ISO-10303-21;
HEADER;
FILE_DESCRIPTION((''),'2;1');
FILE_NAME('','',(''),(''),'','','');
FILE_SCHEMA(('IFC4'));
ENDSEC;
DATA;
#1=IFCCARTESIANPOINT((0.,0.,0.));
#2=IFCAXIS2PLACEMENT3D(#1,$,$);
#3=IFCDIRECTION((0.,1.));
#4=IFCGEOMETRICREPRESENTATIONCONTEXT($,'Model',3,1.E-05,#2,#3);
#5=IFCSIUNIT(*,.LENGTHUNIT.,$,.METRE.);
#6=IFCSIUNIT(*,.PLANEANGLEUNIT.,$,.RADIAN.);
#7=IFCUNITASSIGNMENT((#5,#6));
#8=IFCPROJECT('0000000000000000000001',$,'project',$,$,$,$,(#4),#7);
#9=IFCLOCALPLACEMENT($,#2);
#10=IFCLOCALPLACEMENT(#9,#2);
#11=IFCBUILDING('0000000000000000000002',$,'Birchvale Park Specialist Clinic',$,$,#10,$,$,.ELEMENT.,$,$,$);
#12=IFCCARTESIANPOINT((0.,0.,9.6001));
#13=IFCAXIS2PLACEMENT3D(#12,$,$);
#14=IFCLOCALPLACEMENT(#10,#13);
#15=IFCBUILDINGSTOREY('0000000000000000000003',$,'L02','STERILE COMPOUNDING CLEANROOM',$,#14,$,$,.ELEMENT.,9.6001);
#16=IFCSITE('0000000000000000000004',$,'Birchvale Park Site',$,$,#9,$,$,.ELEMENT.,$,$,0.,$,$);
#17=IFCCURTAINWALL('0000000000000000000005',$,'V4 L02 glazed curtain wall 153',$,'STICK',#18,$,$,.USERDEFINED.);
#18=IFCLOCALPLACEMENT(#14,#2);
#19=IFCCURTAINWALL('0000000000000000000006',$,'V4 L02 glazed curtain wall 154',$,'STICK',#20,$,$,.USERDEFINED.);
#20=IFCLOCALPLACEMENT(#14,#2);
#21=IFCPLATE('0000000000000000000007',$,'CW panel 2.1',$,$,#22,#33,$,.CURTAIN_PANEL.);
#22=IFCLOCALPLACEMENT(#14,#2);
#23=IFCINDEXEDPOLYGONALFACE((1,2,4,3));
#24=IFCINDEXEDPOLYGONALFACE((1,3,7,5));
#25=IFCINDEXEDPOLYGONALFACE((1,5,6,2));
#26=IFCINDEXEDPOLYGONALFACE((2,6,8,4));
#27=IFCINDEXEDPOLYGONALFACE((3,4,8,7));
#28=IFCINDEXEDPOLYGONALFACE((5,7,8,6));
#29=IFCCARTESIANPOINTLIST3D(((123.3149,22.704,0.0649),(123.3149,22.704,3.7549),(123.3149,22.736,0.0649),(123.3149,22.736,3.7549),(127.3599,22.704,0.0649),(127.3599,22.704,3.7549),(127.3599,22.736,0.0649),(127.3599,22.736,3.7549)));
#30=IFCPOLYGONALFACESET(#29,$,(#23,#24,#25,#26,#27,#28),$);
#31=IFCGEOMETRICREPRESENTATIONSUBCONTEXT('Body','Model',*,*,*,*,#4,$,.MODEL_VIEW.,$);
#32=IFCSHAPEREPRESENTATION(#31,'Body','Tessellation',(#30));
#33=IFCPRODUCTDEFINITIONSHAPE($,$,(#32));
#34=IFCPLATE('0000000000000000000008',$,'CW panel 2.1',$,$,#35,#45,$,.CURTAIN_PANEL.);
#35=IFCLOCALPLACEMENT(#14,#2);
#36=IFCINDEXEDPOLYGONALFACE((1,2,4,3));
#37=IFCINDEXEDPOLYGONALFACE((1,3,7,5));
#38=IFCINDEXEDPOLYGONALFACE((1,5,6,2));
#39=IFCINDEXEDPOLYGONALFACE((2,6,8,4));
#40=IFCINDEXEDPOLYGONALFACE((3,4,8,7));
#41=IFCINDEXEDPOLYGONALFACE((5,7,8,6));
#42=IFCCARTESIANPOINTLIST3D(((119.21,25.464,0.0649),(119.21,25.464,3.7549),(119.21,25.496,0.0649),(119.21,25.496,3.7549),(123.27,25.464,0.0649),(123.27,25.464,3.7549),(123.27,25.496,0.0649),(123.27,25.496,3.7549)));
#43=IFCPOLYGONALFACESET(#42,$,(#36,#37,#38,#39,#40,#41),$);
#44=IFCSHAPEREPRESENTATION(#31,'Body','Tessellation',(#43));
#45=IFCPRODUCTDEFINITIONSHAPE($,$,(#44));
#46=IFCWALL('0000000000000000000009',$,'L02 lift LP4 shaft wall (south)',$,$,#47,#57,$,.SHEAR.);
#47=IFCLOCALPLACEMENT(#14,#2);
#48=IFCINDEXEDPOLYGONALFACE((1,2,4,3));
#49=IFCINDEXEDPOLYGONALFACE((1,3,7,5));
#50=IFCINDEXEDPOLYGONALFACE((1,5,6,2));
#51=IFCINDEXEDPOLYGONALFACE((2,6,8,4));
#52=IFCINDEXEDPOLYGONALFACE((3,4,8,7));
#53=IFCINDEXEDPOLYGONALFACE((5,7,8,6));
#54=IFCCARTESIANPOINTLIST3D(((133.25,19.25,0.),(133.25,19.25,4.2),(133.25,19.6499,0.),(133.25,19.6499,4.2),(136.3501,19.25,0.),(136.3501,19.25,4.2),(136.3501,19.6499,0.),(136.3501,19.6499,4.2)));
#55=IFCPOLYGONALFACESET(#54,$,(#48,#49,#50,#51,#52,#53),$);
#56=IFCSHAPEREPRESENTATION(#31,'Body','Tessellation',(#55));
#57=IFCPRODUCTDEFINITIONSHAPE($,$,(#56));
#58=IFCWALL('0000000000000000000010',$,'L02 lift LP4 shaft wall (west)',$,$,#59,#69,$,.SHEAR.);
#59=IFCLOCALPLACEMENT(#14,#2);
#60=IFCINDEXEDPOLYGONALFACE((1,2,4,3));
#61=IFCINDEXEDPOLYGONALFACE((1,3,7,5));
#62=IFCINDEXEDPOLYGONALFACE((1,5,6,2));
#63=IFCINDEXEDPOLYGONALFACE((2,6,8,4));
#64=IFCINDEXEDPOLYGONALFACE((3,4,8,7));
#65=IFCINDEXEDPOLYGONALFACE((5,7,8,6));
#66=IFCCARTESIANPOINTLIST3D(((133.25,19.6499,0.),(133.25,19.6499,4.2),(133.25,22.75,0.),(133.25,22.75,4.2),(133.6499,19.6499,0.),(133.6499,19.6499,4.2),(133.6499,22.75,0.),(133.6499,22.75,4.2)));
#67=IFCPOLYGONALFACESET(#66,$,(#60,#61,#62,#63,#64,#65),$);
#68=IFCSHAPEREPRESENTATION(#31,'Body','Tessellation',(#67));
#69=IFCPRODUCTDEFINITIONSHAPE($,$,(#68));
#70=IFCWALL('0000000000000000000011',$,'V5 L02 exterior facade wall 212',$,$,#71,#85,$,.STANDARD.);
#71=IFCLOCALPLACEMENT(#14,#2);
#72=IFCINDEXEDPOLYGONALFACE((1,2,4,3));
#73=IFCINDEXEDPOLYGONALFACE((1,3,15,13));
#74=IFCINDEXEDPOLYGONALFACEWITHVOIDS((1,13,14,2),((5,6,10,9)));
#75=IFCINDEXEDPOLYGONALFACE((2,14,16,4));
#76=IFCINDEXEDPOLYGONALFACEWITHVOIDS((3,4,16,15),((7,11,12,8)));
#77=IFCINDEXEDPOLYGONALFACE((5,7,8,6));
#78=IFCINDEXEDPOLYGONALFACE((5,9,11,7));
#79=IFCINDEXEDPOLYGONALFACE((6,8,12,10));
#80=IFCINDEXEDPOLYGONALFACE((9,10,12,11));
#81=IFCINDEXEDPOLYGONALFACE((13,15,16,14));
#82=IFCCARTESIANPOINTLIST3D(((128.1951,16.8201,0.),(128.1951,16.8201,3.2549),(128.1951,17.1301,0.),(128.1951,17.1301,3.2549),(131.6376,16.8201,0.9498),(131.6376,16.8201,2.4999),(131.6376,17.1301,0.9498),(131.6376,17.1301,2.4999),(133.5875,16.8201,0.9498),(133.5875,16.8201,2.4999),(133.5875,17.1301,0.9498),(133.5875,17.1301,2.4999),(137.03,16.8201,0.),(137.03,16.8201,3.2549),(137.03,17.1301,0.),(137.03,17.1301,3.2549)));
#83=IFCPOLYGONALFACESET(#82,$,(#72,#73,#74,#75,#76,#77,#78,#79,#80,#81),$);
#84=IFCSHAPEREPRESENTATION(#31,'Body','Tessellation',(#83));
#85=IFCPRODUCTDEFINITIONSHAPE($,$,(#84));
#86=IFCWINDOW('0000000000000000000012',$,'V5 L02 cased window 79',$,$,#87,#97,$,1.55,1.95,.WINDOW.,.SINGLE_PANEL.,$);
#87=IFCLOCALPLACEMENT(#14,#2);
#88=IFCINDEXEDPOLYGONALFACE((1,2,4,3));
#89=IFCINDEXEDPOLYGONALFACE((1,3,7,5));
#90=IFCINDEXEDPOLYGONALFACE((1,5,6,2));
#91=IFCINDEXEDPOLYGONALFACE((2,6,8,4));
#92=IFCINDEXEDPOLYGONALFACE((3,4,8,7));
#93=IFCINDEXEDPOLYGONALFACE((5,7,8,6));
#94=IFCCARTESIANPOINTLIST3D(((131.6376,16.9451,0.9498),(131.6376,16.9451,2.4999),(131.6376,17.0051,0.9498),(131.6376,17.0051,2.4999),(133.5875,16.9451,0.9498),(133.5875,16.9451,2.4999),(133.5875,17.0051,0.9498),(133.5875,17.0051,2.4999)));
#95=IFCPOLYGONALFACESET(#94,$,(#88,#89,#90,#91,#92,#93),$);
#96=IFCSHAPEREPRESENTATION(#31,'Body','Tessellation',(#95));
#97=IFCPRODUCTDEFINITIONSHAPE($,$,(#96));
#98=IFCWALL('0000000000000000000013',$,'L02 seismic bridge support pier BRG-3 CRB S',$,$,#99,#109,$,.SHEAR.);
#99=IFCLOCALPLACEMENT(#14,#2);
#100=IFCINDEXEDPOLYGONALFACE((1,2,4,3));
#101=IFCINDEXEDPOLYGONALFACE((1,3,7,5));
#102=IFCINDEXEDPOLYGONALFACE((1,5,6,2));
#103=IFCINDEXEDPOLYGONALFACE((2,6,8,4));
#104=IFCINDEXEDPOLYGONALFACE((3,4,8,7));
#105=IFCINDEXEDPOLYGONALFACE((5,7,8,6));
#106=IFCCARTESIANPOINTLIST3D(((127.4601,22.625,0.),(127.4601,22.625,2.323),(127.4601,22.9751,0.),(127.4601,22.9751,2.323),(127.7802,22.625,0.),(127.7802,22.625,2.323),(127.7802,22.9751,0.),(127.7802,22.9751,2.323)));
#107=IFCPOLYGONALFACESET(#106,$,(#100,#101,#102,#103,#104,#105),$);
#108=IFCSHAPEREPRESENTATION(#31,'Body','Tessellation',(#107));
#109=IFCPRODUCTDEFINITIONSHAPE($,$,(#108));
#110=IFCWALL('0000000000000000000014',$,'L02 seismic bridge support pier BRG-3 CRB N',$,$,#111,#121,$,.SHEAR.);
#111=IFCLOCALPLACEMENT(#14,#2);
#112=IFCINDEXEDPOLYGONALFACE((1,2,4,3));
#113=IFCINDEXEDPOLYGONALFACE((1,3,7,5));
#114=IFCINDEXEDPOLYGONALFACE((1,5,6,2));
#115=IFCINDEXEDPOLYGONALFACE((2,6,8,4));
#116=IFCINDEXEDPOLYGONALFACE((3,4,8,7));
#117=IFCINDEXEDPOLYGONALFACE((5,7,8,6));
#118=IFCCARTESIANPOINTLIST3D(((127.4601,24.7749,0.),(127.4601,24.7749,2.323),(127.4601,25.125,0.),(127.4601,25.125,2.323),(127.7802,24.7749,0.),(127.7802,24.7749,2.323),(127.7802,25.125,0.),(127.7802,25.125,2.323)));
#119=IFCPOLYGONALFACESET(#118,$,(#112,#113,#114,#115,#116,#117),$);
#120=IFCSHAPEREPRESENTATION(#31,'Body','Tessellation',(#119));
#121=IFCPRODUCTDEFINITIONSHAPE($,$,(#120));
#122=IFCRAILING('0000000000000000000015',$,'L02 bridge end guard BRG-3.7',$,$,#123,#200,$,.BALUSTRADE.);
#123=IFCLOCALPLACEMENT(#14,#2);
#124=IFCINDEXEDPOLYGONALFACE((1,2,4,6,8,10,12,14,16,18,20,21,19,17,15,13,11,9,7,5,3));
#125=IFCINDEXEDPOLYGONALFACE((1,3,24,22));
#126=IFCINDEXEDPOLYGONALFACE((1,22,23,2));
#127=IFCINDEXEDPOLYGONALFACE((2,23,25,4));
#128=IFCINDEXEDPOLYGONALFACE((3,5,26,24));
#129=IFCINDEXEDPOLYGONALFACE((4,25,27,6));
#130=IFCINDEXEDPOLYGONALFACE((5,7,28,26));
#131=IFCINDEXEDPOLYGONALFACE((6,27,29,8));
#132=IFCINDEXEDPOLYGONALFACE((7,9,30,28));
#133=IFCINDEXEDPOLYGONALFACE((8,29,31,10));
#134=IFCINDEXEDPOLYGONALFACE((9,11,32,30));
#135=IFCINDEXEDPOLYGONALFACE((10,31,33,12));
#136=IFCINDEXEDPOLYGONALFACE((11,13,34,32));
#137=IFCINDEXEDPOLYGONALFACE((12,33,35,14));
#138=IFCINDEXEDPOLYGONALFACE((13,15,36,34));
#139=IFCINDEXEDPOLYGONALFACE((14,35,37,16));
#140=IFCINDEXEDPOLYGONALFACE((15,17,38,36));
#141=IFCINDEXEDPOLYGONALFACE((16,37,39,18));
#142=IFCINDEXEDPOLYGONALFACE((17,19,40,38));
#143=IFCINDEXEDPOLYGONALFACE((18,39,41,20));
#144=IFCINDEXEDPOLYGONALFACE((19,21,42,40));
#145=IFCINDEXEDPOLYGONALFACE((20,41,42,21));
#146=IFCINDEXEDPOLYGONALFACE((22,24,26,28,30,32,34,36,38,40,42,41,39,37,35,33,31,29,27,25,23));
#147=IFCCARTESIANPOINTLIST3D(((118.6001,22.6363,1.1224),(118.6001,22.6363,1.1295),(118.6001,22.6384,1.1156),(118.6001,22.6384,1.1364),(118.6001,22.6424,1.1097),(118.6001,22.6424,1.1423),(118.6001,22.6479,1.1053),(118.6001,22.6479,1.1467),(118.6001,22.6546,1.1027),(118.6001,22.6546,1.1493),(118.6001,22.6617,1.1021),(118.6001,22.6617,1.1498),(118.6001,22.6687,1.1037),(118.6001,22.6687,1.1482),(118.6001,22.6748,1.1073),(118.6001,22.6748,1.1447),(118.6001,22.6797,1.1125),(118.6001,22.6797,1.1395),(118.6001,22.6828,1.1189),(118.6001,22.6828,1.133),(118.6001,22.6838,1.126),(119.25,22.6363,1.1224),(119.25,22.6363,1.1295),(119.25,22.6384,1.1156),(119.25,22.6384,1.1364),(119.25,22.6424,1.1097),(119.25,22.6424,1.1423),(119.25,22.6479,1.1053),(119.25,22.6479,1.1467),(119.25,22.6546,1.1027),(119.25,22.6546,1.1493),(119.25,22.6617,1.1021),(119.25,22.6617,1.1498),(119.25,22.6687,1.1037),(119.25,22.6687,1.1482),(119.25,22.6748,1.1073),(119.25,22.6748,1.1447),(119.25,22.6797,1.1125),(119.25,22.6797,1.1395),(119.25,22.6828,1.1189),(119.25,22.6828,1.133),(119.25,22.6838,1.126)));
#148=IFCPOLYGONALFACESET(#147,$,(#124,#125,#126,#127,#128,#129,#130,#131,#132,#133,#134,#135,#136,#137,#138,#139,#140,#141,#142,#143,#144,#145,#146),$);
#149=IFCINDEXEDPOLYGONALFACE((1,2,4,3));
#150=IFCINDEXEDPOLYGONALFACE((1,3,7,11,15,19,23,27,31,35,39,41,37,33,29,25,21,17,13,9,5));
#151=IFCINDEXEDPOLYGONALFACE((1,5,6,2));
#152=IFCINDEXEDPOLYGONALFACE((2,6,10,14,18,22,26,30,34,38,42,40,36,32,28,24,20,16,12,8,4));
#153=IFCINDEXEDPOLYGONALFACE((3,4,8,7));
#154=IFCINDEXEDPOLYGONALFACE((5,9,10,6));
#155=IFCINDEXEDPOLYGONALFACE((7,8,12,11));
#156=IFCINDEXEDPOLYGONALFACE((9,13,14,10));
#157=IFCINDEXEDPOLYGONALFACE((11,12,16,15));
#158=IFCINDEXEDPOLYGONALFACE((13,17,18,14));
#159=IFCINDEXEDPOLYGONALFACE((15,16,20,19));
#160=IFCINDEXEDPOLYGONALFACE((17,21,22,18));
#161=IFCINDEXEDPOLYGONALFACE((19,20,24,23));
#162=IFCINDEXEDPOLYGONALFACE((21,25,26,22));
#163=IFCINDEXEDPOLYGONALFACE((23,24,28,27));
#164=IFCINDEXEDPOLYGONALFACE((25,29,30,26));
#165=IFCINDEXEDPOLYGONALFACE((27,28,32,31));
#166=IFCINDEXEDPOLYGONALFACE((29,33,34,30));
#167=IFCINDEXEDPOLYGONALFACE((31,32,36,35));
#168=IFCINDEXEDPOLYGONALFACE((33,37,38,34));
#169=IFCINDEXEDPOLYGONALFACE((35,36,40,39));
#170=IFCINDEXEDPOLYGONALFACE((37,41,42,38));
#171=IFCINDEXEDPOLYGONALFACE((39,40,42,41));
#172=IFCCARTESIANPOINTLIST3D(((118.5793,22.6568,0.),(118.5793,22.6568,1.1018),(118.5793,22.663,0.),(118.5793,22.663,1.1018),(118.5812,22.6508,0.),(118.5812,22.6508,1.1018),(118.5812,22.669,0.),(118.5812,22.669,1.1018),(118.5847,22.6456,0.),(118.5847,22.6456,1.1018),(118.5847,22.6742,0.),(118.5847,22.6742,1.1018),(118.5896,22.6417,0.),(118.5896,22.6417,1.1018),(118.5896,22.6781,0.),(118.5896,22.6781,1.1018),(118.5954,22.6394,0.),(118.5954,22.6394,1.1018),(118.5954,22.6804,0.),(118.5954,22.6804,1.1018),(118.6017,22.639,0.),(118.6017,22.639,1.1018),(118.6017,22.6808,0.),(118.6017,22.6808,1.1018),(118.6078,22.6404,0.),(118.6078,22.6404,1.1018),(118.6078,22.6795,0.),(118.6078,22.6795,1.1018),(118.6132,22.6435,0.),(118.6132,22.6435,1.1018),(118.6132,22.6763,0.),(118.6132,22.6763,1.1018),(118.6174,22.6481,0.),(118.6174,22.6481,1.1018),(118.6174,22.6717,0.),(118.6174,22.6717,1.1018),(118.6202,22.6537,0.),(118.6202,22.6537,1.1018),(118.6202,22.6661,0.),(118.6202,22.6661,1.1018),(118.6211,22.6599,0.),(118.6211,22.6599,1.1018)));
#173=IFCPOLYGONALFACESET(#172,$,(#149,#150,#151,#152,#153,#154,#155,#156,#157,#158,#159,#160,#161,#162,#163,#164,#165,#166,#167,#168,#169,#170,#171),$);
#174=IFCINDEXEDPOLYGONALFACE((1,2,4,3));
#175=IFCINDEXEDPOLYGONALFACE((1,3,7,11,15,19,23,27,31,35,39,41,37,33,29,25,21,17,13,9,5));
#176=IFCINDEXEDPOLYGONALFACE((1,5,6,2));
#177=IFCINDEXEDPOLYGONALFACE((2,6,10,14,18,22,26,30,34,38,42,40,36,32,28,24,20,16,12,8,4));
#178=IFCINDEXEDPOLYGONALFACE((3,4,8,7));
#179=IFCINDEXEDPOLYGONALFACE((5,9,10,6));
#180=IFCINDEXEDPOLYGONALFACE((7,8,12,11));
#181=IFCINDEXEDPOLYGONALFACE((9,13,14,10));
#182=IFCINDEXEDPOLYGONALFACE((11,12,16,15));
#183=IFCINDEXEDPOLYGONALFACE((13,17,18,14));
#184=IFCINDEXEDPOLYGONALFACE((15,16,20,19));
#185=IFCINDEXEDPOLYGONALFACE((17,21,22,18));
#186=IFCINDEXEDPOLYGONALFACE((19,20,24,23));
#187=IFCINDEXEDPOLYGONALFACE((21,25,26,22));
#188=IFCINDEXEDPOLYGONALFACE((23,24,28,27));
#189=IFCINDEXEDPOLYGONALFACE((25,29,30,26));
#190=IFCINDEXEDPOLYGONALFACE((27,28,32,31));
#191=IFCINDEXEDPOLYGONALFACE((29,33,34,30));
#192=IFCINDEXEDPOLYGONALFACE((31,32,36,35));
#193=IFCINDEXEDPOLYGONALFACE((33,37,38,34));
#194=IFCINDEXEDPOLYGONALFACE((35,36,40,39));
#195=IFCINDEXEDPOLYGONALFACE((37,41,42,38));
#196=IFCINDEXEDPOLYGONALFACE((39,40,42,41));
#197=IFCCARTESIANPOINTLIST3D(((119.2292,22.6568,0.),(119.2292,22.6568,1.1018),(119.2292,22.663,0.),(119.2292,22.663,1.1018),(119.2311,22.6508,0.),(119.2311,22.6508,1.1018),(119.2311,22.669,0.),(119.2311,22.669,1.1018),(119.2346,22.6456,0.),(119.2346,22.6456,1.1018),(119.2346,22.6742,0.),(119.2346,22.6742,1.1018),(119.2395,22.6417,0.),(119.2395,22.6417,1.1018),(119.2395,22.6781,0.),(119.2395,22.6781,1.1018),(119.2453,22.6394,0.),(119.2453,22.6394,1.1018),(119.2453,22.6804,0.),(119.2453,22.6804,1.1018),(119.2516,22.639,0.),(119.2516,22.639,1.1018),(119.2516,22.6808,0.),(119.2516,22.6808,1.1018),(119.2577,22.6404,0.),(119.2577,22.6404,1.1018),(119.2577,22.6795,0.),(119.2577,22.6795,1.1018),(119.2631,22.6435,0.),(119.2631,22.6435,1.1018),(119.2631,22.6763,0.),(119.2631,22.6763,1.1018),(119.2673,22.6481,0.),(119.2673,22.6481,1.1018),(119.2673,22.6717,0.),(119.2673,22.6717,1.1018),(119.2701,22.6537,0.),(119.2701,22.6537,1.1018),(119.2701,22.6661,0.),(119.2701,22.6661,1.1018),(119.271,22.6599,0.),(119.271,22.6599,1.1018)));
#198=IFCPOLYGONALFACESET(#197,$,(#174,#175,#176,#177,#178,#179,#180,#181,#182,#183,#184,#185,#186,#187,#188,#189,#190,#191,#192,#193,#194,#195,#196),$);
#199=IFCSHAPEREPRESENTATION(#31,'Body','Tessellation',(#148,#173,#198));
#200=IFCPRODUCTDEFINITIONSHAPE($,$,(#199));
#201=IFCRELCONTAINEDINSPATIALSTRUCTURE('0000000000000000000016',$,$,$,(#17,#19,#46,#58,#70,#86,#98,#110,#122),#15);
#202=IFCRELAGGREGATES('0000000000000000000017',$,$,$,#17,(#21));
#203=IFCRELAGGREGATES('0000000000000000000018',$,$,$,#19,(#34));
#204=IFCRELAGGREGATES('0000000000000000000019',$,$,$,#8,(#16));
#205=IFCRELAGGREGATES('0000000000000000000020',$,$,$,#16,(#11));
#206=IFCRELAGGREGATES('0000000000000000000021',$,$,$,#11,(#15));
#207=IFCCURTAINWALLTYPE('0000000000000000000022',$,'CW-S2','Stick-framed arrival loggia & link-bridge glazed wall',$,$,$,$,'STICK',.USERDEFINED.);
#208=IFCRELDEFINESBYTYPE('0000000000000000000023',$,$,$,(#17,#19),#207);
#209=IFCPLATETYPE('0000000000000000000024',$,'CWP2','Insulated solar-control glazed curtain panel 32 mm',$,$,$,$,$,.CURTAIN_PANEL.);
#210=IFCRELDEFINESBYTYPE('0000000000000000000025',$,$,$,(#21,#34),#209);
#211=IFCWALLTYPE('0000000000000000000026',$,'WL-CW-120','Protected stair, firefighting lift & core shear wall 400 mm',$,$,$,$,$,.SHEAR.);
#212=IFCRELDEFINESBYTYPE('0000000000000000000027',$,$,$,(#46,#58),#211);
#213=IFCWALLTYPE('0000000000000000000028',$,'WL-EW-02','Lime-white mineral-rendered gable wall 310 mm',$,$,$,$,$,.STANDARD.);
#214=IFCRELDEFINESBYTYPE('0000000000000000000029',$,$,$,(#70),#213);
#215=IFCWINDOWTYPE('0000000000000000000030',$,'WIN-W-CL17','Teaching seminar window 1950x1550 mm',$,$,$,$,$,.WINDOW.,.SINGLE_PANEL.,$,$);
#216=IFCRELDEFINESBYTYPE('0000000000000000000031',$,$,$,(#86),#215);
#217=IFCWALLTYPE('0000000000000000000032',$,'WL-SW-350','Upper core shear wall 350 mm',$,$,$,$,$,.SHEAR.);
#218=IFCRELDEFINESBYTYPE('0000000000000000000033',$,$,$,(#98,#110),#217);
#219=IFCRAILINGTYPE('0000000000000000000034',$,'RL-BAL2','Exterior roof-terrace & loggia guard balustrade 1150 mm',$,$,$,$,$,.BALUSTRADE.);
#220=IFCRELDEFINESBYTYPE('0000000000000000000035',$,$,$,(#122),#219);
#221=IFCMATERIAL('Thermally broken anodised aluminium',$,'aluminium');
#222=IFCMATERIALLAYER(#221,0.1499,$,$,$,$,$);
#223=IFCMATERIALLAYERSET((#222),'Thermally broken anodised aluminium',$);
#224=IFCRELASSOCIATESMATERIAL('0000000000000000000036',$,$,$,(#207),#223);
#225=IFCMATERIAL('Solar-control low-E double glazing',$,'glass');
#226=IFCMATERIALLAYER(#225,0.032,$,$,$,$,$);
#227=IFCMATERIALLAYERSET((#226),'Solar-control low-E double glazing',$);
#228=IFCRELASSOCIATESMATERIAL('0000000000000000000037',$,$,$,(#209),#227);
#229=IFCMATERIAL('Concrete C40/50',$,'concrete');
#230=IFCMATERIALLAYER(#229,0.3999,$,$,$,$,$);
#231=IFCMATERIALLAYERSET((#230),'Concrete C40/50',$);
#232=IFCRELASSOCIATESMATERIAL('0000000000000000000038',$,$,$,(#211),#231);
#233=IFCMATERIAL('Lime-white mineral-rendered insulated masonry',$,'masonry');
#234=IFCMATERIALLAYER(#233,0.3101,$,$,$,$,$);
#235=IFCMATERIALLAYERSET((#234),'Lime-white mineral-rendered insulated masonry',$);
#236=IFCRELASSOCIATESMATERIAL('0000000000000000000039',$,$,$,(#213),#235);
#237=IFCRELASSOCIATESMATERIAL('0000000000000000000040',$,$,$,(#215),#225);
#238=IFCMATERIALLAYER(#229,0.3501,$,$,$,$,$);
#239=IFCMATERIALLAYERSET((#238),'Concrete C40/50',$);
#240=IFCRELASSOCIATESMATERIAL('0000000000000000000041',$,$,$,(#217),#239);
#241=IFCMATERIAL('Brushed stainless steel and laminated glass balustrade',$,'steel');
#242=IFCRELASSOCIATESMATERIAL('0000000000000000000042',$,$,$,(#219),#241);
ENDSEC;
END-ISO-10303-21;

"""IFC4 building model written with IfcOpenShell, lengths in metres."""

from ifc_helpers import new_model, si_unit, direction, frame, frame_2d, origin, origin_2d, place, context, subcontext, project, spatial, rectangle, circle, extrude, material, layer, layer_set, type_object, element, fill, aggregate, save


model = new_model("IFC4")

# Units and contexts
model_context = context("Model", 3, precision=1e-05, world=origin(), true_north=direction((0.0, 1.0)))
body_context = subcontext(model_context, "Body", "Model", "MODEL_VIEW")
ifc_project = project(units=[si_unit("LENGTHUNIT", "METRE"), si_unit("PLANEANGLEUNIT", "RADIAN")], contexts=[model_context])

# Site, building, storey
site_placement = place(None, origin())
site = spatial("IfcSite", under=ifc_project, at=site_placement, Name="Birchvale Park Site", CompositionType="ELEMENT", RefElevation=0.0)
building_placement = place(site_placement, origin())
building = spatial("IfcBuilding", under=site, at=building_placement, Name="Birchvale Park Specialist Clinic", CompositionType="ELEMENT")
storey_placement = place(building_placement, frame((0.0, 0.0, 9.6001)))
storey = spatial("IfcBuildingStorey", under=building, at=storey_placement, Name="L02", Description="STERILE COMPOUNDING CLEANROOM", CompositionType="ELEMENT", Elevation=9.6001)

# Shared definitions
ifc_material_1 = material(Name="Concrete C40/50", Category="concrete")

# Curtain wall
ifc_material_2 = material(Name="Thermally broken anodised aluminium", Category="aluminium")
ifc_layer_1 = layer(ifc_material_2, 0.1499)
ifc_layer_set_1 = layer_set([ifc_layer_1], Name="Thermally broken anodised aluminium")
curtain_wall_type_1 = type_object("IfcCurtainWallType", Name="CW-S2", Description="Stick-framed arrival loggia & link-bridge glazed wall", ElementType="STICK", PredefinedType="USERDEFINED", material=ifc_layer_set_1)
curtain_wall_1_placement = place(storey_placement, origin())
curtain_wall_1 = element("IfcCurtainWall", 1, at=curtain_wall_1_placement, inside=storey, type_object=curtain_wall_type_1, Name="V4 L02 glazed curtain wall 153", ObjectType="STICK", PredefinedType="USERDEFINED")

# Curtain wall
curtain_wall_2_placement = place(storey_placement, origin())
curtain_wall_2 = element("IfcCurtainWall", 2, at=curtain_wall_2_placement, inside=storey, type_object=curtain_wall_type_1, Name="V4 L02 glazed curtain wall 154", ObjectType="STICK", PredefinedType="USERDEFINED")

# Plates
ifc_material_3 = material(Name="Solar-control low-E double glazing", Category="glass")
ifc_layer_2 = layer(ifc_material_3, 0.032)
ifc_layer_set_2 = layer_set([ifc_layer_2], Name="Solar-control low-E double glazing")
plate_type = type_object("IfcPlateType", Name="CWP2", Description="Insulated solar-control glazed curtain panel 32 mm", PredefinedType="CURTAIN_PANEL", material=ifc_layer_set_2)
plate_1_placement = place(storey_placement, frame((125.3374, 22.72, 0.0649), z_axis=(0.0, 0.0, 1.0), x_axis=(1.0, 0.0, 0.0)))
plate_1 = element("IfcPlate", 3, at=plate_1_placement, type_object=plate_type, Name="CW panel 2.1", PredefinedType="CURTAIN_PANEL", context=body_context, shape_type="SweptSolid", body=[
    extrude(rectangle(XDim=4.0449, YDim=0.032, at=origin_2d()), origin(), (0.0, 0.0, 1.0), 3.6899),
])
aggregate(curtain_wall_1, [plate_1])
plate_2_placement = place(storey_placement, frame((121.24, 25.48, 0.0649), z_axis=(0.0, 0.0, 1.0), x_axis=(-1.0, 0.0, 0.0)))
plate_2 = element("IfcPlate", 4, at=plate_2_placement, type_object=plate_type, Name="CW panel 2.1", PredefinedType="CURTAIN_PANEL", context=body_context, shape_type="SweptSolid", body=[
    extrude(rectangle(XDim=4.0601, YDim=0.032, at=origin_2d()), origin(), (0.0, 0.0, 1.0), 3.6899),
])
aggregate(curtain_wall_2, [plate_2])

# Walls
ifc_layer_3 = layer(ifc_material_1, 0.3999)
ifc_layer_set_3 = layer_set([ifc_layer_3], Name="Concrete C40/50")
wall_type_1 = type_object("IfcWallType", Name="WL-CW-120", Description="Protected stair, firefighting lift & core shear wall 400 mm", PredefinedType="SHEAR", material=ifc_layer_set_3)
for number, where, z_axis, x_axis, name in (
    (5, (133.25, 19.45, 0.0), (0.0, 0.0, 1.0), (1.0, 0.0, 0.0), "L02 lift LP4 shaft wall (south)"),
    (6, (133.45, 19.6499, 0.0), (0.0, 0.0, 1.0), (0.0, 1.0, 0.0), "L02 lift LP4 shaft wall (west)"),
):
    element("IfcWall", number, at=place(storey_placement, frame(where, z_axis=z_axis, x_axis=x_axis)), inside=storey, type_object=wall_type_1, Name=name, PredefinedType="SHEAR", context=body_context, shape_type="SweptSolid", body=[
        extrude(rectangle(XDim=3.1001, YDim=0.3999, at=frame_2d((1.55, 0.0))), origin(), (0.0, 0.0, 1.0), 4.2),
    ])

# Wall, opening, window
ifc_material_4 = material(Name="Lime-white mineral-rendered insulated masonry", Category="masonry")
ifc_layer_4 = layer(ifc_material_4, 0.3101)
ifc_layer_set_4 = layer_set([ifc_layer_4], Name="Lime-white mineral-rendered insulated masonry")
wall_type_2 = type_object("IfcWallType", Name="WL-EW-02", Description="Lime-white mineral-rendered gable wall 310 mm", PredefinedType="STANDARD", material=ifc_layer_set_4)
wall_placement = place(storey_placement, frame((128.1951, 16.9751, 0.0), z_axis=(0.0, 0.0, 1.0), x_axis=(1.0, 0.0, 0.0)))
wall = element("IfcWall", 7, at=wall_placement, inside=storey, type_object=wall_type_2, Name="V5 L02 exterior facade wall 212", PredefinedType="STANDARD", context=body_context, shape_type="SweptSolid", body=[
    extrude(rectangle(XDim=8.835, YDim=0.3101, at=frame_2d((4.4175, 0.0))), origin(), (0.0, 0.0, 1.0), 3.2549),
])
opening_placement = place(wall_placement, frame((3.4424, 0.0, 0.95)))
opening = element("IfcOpeningElement", 8, at=opening_placement, cuts=wall, PredefinedType="OPENING", context=body_context, shape_type="SweptSolid", body=[
    extrude(rectangle(XDim=1.95, YDim=1.55, at=frame_2d((0.9751, 0.7749))), frame((0.0, 0.165, 0.0), z_axis=(0.0, -1.0, 0.0), x_axis=(1.0, 0.0, 0.0)), (0.0, 0.0, 1.0), 0.3301),
])
window_type = type_object("IfcWindowType", Name="WIN-W-CL17", Description="Teaching seminar window 1950x1550 mm", PartitioningType="SINGLE_PANEL", PredefinedType="WINDOW", material=ifc_material_3)
window_placement = place(opening_placement, origin())
window = element("IfcWindow", 9, at=window_placement, inside=storey, type_object=window_type, Name="V5 L02 cased window 79", OverallHeight=1.55, OverallWidth=1.95, PartitioningType="SINGLE_PANEL", PredefinedType="WINDOW", context=body_context, shape_type="SweptSolid", body=[
    extrude(rectangle(XDim=1.95, YDim=1.55, at=frame_2d((0.9751, 0.7749))), frame((0.0, 0.03, 0.0), z_axis=(0.0, -1.0, 0.0), x_axis=(1.0, 0.0, 0.0)), (0.0, 0.0, 1.0), 0.0601),
])
fill(opening, window)

# Walls
ifc_layer_5 = layer(ifc_material_1, 0.3501)
ifc_layer_set_5 = layer_set([ifc_layer_5], Name="Concrete C40/50")
wall_type_3 = type_object("IfcWallType", Name="WL-SW-350", Description="Upper core shear wall 350 mm", PredefinedType="SHEAR", material=ifc_layer_set_5)
for number, where, z_axis, x_axis, name in (
    (10, (127.46, 22.8, 0.0), (0.0, 0.0, 1.0), (1.0, 0.0, 0.0), "L02 seismic bridge support pier BRG-3 CRB S"),
    (11, (127.46, 24.95, 0.0), (0.0, 0.0, 1.0), (1.0, 0.0, 0.0), "L02 seismic bridge support pier BRG-3 CRB N"),
):
    element("IfcWall", number, at=place(storey_placement, frame(where, z_axis=z_axis, x_axis=x_axis)), inside=storey, type_object=wall_type_3, Name=name, PredefinedType="SHEAR", context=body_context, shape_type="SweptSolid", body=[
        extrude(rectangle(XDim=0.3201, YDim=0.3501, at=frame_2d((0.1602, 0.0))), origin(), (0.0, 0.0, 1.0), 2.323),
    ])

# Railing
ifc_material_5 = material(Name="Brushed stainless steel and laminated glass balustrade", Category="steel")
railing_type = type_object("IfcRailingType", Name="RL-BAL2", Description="Exterior roof-terrace & loggia guard balustrade 1150 mm", PredefinedType="BALUSTRADE", material=ifc_material_5)
for number, where, name in (
    (12, (118.6001, 22.6599, 0.0), "L02 bridge end guard BRG-3.7"),
):
    element("IfcRailing", number, at=place(storey_placement, frame(where)), inside=storey, type_object=railing_type, Name=name, PredefinedType="BALUSTRADE", context=body_context, shape_type="SweptSolid", body=[
        extrude(circle(Radius=0.0239, at=origin_2d()), frame((0.0, 0.0, 1.126), z_axis=(1.0, 0.0, 0.0), x_axis=(0.0, 1.0, 0.0)), (0.0, 0.0, 1.0), 0.6499),
        extrude(circle(Radius=0.021, at=origin_2d()), origin(), (0.0, 0.0, 1.0), 1.1018),
        extrude(circle(Radius=0.021, at=origin_2d()), frame((0.6499, 0.0, 0.0)), (0.0, 0.0, 1.0), 1.1018),
    ])

save(model, "model.ifc")
